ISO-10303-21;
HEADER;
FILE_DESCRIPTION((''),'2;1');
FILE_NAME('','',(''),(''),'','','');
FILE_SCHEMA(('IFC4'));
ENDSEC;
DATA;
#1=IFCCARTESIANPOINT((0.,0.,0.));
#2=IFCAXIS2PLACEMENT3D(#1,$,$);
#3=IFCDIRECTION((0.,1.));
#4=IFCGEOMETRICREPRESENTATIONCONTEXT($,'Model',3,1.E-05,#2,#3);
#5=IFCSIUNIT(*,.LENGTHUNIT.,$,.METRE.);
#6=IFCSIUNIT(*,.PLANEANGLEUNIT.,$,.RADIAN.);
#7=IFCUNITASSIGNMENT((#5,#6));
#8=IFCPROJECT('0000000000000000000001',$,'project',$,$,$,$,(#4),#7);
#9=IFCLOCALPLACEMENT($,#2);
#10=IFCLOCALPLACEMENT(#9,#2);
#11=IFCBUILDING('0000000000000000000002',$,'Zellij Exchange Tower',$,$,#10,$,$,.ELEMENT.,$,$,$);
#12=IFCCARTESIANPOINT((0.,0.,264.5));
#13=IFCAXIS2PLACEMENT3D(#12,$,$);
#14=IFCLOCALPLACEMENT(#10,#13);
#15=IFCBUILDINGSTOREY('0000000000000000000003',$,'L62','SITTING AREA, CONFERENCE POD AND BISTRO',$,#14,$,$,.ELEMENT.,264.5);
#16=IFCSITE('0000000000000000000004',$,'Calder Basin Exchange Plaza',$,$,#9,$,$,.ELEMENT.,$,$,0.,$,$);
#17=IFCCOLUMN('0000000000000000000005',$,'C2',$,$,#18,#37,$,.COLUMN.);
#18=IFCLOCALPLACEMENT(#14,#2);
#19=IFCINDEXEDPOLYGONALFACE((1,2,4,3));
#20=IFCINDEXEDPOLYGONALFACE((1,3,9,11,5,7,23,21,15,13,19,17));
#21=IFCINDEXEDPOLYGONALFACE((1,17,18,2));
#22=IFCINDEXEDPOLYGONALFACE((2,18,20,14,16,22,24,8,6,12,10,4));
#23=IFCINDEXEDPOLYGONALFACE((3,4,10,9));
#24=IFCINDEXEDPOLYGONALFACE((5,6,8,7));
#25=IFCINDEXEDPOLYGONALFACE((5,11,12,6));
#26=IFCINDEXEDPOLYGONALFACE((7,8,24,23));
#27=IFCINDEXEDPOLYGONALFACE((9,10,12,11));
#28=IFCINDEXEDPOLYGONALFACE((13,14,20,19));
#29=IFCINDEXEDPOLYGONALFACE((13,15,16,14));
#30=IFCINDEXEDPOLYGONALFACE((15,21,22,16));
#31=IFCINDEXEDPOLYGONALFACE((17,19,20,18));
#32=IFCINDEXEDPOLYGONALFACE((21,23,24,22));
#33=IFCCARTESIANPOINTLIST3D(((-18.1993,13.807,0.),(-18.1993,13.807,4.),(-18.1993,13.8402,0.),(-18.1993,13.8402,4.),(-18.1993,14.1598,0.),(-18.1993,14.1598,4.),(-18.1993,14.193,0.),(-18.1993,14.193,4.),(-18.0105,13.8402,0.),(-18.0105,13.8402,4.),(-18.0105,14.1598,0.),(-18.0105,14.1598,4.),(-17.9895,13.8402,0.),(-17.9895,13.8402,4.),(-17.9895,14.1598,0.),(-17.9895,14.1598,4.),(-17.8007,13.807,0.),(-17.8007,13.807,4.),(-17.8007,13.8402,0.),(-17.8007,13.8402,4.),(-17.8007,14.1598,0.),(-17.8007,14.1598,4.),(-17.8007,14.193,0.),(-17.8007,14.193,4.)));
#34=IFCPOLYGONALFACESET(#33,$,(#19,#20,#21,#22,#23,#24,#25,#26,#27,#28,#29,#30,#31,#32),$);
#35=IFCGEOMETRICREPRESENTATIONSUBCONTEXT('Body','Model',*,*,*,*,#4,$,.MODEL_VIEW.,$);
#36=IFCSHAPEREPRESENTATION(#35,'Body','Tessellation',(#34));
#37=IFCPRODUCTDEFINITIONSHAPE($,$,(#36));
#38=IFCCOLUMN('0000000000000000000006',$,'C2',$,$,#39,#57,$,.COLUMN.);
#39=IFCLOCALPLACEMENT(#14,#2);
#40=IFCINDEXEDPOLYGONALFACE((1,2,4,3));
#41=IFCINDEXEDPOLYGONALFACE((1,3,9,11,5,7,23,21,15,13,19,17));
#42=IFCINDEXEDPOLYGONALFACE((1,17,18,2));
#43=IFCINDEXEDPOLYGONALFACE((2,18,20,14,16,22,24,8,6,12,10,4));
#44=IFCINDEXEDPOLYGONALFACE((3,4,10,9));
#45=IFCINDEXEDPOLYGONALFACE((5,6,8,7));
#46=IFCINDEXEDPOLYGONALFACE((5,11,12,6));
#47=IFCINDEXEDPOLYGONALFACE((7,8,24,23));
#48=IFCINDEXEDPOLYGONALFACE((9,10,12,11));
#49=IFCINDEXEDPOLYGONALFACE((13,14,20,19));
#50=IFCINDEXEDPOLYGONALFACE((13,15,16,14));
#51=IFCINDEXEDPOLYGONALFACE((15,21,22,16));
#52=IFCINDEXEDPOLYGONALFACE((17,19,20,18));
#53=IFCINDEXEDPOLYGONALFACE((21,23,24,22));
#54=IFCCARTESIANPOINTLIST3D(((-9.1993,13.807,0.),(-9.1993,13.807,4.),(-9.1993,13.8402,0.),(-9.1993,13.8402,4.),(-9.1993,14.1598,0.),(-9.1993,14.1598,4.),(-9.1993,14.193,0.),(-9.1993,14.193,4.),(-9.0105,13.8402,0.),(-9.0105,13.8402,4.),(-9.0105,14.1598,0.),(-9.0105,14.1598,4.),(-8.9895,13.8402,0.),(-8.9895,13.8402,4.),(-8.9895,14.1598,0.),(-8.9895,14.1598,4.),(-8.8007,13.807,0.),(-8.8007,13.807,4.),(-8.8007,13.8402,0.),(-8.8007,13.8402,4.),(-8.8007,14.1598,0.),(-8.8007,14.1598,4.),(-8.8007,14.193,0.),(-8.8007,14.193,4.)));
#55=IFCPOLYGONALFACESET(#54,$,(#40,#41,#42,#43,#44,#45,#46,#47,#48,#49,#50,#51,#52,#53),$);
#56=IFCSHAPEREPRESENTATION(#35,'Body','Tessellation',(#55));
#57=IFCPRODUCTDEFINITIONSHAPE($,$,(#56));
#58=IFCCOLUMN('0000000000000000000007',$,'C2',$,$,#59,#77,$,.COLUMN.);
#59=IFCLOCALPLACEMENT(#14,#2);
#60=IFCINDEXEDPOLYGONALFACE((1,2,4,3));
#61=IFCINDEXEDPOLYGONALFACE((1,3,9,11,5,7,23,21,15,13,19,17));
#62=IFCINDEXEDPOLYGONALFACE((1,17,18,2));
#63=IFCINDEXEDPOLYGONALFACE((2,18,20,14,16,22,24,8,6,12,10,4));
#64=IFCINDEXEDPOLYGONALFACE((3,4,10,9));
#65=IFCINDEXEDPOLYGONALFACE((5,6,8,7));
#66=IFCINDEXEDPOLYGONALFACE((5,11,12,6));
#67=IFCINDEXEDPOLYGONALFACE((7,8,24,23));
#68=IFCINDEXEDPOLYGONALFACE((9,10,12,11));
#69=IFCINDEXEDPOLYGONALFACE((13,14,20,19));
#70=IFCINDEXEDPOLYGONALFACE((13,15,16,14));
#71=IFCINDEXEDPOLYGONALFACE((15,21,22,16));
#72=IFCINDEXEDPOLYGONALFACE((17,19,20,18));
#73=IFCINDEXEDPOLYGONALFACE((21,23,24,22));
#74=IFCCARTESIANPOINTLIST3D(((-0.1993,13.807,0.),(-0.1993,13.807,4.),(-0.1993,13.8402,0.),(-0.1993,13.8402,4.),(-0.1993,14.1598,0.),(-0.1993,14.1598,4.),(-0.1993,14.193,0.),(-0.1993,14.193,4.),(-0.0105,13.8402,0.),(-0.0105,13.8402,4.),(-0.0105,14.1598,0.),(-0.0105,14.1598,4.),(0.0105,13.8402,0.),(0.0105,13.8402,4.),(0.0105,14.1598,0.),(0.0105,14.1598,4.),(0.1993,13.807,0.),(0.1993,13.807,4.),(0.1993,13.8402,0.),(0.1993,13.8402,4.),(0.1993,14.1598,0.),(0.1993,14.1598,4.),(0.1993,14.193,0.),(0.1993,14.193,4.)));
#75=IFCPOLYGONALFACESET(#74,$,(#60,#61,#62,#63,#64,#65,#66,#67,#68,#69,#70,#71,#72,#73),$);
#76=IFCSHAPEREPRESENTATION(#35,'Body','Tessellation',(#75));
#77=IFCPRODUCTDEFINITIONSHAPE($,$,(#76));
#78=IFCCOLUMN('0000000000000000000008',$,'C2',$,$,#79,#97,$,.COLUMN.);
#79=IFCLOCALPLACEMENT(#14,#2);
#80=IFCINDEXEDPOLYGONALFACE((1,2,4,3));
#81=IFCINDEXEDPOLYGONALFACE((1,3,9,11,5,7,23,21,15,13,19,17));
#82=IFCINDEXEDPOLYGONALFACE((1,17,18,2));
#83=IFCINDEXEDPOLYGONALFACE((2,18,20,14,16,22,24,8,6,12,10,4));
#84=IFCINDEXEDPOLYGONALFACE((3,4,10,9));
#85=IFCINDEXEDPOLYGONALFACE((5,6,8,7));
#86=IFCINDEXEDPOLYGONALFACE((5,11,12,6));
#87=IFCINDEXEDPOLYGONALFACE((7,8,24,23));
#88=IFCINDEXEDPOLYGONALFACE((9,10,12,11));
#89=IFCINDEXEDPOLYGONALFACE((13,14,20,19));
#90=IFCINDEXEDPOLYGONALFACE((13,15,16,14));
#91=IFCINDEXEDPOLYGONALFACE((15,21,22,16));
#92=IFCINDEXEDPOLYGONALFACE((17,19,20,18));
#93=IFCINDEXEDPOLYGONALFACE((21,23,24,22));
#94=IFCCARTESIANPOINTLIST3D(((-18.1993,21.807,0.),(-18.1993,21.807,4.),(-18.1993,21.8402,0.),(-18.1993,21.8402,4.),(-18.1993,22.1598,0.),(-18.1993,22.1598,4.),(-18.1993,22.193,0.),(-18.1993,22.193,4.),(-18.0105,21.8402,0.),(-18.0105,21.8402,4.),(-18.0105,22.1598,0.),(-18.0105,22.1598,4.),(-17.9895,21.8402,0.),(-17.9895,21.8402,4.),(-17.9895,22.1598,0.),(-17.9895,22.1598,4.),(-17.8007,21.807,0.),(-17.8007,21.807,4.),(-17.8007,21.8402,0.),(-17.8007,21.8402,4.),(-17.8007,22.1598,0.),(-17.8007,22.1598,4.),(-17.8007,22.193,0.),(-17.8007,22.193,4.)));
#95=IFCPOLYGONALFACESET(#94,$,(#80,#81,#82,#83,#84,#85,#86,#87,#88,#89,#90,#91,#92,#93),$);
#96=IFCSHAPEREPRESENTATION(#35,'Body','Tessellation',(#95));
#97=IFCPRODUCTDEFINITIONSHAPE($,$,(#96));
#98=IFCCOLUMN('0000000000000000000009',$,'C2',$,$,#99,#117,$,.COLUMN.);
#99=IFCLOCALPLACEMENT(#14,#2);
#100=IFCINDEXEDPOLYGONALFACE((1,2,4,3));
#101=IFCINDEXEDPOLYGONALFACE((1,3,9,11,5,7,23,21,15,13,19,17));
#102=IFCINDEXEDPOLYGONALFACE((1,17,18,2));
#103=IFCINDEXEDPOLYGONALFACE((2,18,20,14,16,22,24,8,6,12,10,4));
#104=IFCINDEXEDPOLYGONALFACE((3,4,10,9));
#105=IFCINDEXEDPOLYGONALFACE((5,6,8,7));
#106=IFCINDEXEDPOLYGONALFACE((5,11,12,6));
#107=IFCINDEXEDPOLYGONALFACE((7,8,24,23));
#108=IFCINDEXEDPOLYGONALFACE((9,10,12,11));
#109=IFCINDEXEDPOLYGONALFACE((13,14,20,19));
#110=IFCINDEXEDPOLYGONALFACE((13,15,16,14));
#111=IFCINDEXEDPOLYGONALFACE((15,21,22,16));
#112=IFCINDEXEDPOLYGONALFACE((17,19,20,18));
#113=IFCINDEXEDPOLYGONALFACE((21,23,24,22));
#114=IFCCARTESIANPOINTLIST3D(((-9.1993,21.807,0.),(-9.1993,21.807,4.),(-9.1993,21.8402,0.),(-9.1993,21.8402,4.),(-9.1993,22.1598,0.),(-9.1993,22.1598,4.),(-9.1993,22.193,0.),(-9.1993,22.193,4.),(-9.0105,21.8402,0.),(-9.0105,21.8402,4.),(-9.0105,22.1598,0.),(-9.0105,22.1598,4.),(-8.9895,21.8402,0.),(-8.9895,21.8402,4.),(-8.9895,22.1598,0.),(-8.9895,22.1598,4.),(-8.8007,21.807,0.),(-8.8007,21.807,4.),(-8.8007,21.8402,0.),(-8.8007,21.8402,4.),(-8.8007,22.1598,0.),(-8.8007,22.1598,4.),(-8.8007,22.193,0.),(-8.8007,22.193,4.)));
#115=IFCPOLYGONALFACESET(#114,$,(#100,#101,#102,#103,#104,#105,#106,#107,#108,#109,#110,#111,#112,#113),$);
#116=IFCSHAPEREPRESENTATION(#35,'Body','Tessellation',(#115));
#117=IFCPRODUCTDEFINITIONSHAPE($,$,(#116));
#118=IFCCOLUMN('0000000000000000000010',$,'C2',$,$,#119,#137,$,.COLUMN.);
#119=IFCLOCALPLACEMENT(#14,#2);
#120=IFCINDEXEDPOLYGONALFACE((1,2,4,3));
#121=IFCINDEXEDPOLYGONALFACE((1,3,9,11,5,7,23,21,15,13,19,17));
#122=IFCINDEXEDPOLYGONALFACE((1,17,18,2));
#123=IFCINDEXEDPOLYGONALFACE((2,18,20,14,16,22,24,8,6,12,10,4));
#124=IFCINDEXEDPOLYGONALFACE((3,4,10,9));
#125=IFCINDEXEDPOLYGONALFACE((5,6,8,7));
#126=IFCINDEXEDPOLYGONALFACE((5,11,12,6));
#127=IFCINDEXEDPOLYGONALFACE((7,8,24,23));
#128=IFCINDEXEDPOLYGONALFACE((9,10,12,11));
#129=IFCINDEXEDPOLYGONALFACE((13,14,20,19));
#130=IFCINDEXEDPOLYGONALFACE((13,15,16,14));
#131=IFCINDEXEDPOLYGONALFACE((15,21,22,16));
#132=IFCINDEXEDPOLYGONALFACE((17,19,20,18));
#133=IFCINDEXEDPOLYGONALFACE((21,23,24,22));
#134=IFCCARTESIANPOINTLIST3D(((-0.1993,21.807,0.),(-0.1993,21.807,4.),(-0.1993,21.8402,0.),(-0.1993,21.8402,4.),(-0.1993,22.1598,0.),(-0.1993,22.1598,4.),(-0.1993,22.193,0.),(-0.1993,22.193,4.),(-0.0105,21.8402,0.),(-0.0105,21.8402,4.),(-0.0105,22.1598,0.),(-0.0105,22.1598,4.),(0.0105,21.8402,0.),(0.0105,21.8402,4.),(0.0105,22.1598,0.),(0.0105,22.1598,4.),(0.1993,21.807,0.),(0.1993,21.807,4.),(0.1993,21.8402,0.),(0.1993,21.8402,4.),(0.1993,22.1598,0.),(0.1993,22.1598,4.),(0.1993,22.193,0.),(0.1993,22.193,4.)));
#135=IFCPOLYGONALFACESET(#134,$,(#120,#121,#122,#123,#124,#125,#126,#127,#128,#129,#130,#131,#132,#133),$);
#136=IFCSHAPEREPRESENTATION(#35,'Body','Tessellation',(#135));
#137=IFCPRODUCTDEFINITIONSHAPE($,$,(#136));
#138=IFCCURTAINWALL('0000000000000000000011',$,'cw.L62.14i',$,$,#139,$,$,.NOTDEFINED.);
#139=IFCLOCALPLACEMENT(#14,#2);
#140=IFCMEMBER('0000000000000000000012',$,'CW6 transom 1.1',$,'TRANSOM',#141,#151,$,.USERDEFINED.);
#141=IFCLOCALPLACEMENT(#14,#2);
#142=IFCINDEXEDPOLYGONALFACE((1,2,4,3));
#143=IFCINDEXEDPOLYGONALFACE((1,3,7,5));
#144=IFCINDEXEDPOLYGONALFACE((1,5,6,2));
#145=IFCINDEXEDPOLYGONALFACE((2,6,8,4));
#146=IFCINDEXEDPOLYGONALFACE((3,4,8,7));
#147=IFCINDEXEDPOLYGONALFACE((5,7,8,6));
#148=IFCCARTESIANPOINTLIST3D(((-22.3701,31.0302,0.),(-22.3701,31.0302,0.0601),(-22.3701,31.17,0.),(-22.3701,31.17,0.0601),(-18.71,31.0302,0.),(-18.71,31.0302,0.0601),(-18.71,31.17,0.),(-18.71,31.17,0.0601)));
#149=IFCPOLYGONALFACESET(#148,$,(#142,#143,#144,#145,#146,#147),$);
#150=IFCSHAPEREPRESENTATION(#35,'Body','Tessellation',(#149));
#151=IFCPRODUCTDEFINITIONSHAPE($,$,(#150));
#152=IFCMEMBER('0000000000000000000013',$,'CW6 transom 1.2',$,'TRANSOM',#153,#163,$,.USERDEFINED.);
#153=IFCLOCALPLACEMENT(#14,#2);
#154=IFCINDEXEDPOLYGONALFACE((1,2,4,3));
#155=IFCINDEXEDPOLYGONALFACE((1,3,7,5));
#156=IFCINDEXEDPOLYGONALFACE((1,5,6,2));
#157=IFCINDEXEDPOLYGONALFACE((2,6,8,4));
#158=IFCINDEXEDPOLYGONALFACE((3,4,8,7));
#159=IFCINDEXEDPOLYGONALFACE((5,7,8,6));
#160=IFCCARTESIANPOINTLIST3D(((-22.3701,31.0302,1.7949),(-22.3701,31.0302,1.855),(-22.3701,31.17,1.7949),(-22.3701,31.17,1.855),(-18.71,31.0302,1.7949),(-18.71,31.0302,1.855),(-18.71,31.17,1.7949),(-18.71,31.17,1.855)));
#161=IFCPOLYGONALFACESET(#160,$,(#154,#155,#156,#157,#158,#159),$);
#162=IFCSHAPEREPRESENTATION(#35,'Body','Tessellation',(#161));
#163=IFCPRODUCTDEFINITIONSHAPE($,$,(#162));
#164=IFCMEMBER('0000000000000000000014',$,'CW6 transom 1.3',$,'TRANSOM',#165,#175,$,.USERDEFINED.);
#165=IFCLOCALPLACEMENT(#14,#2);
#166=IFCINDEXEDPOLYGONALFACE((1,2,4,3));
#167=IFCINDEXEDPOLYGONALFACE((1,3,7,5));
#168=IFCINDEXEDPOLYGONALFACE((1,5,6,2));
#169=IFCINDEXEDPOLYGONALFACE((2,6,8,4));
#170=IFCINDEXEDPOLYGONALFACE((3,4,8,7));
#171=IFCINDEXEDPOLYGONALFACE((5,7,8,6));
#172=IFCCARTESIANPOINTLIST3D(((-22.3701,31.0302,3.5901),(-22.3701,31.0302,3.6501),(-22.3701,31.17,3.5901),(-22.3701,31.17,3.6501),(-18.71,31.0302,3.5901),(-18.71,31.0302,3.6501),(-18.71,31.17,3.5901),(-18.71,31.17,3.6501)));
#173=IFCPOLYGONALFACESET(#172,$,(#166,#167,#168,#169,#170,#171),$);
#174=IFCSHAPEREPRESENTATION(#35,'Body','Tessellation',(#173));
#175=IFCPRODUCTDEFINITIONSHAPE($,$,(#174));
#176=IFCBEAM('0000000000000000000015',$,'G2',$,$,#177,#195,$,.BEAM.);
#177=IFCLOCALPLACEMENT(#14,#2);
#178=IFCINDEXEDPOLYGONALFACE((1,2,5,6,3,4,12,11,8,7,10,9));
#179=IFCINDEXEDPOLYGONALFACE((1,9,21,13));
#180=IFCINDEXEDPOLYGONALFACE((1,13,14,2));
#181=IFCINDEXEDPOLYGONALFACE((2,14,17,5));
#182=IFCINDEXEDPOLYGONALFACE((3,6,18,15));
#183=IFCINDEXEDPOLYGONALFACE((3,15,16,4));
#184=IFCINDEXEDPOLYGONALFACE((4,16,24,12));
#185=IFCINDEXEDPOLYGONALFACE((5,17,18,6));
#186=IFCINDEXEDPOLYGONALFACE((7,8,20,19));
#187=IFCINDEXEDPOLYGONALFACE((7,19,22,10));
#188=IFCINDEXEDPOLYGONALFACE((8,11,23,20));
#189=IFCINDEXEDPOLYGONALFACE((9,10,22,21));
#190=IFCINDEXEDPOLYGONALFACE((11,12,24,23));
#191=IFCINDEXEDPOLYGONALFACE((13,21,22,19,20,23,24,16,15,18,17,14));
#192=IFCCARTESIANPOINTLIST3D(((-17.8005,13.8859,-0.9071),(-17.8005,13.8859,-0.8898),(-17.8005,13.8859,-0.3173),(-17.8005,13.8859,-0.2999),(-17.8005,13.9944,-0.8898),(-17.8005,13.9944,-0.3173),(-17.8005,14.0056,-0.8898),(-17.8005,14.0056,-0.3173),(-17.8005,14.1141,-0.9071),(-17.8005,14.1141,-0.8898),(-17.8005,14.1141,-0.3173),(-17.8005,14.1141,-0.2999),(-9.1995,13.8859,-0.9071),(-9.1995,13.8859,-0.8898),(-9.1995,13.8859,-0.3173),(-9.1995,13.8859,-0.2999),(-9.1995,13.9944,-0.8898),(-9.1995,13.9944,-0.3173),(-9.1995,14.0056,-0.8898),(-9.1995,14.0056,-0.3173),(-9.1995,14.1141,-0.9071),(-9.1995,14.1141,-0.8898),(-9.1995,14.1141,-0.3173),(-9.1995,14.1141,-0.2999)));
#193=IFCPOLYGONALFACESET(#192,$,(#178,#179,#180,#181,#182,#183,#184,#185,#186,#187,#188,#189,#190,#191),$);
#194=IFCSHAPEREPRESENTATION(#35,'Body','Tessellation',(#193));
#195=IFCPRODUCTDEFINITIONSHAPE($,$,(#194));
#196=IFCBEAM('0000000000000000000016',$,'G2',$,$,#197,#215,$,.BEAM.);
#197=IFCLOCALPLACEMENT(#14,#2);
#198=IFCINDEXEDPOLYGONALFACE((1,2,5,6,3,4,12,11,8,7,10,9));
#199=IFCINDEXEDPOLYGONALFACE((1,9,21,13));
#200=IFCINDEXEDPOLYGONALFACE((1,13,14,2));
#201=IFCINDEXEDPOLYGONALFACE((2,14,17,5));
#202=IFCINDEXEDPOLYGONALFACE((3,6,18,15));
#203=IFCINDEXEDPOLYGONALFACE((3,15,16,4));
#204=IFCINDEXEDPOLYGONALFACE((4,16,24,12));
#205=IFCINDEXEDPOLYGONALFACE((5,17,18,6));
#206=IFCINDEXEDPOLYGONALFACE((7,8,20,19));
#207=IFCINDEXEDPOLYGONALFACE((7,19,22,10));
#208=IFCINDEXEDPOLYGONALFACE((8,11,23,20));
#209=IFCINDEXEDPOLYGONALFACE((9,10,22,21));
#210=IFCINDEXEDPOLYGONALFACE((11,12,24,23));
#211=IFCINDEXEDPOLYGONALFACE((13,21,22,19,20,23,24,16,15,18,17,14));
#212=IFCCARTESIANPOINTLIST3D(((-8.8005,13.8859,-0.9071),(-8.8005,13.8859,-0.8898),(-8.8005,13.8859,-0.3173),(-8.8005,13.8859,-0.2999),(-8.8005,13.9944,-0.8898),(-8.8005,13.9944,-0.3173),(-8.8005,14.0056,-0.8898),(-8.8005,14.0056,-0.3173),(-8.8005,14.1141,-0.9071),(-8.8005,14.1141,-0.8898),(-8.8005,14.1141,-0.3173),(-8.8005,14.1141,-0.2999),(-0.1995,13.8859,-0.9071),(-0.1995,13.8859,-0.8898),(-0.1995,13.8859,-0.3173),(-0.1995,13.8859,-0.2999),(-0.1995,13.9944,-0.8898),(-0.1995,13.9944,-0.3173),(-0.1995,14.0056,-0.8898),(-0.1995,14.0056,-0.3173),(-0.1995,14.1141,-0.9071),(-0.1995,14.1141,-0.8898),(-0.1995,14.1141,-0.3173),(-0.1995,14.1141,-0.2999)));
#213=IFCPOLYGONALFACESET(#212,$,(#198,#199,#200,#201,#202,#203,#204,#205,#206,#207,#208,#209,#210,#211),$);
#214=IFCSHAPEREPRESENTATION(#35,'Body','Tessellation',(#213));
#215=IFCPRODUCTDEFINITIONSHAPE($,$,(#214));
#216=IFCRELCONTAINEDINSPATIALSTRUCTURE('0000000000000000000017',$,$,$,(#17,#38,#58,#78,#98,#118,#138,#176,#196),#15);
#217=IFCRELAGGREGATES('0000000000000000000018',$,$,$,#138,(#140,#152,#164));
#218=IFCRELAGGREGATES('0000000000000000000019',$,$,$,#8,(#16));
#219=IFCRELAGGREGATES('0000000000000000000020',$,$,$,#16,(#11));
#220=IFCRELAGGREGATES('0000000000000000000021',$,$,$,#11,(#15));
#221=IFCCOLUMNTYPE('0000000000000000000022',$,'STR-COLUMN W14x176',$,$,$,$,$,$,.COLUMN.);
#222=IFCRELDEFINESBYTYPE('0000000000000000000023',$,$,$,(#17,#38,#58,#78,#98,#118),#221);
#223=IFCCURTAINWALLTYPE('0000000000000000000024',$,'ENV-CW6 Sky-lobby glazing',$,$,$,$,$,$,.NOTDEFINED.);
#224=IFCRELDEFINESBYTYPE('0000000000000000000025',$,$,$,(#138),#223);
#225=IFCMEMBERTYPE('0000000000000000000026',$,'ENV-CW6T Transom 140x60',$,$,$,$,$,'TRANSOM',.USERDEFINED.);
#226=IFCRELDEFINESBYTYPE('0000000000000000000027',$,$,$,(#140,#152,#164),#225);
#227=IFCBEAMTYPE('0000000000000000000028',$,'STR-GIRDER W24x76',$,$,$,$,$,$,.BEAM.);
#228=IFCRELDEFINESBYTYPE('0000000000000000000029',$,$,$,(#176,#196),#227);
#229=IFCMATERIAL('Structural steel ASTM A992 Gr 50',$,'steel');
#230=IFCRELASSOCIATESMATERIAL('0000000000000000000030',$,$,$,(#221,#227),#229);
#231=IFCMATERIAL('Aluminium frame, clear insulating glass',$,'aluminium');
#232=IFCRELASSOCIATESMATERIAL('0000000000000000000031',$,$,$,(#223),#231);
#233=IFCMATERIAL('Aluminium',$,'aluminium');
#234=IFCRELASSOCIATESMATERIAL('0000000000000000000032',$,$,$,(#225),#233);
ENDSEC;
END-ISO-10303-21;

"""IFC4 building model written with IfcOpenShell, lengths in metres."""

from ifc_helpers import new_model, si_unit, direction, frame, origin, origin_2d, place, context, subcontext, project, spatial, rectangle, i_section, extrude, material, material_profile, profile_set, type_object, element, aggregate, save


model = new_model("IFC4")

# Units and contexts
model_context = context("Model", 3, precision=1e-05, world=origin(), true_north=direction((0.0, 1.0)))
body_context = subcontext(model_context, "Body", "Model", "MODEL_VIEW")
ifc_project = project(units=[si_unit("LENGTHUNIT", "METRE"), si_unit("PLANEANGLEUNIT", "RADIAN")], contexts=[model_context])

# Site, building, storey
site_placement = place(None, origin())
site = spatial("IfcSite", under=ifc_project, at=site_placement, Name="Calder Basin Exchange Plaza", CompositionType="ELEMENT", RefElevation=0.0)
building_placement = place(site_placement, origin())
building = spatial("IfcBuilding", under=site, at=building_placement, Name="Zellij Exchange Tower", CompositionType="ELEMENT")
storey_placement = place(building_placement, frame((0.0, 0.0, 264.5)))
storey = spatial("IfcBuildingStorey", under=building, at=storey_placement, Name="L62", Description="SITTING AREA, CONFERENCE POD AND BISTRO", CompositionType="ELEMENT", Elevation=264.5)

# Columns
ifc_material_1 = material(Name="Structural steel ASTM A992 Gr 50", Category="steel")
ifc_material_profile_1 = material_profile(ifc_material_1, i_section(OverallWidth=0.3987, OverallDepth=0.386, WebThickness=0.021, FlangeThickness=0.0332, at=origin_2d()), Name="W14x176")
ifc_profile_set_1 = profile_set([ifc_material_profile_1], Name="Structural steel ASTM A992 Gr 50")
column_type_1 = type_object("IfcColumnType", Name="STR-COLUMN W14x176", PredefinedType="COLUMN", material=ifc_profile_set_1)
for number, where, z_axis, x_axis, name in (
    (1, (-18.0, 14.0, 0.0), (0.0, 0.0, 1.0), (1.0, 0.0, 0.0), "C2"),
    (2, (-9.0, 14.0, 0.0), (0.0, 0.0, 1.0), (1.0, 0.0, 0.0), "C2"),
    (3, (0.0, 14.0, 0.0), (0.0, 0.0, 1.0), (1.0, 0.0, 0.0), "C2"),
    (4, (-18.0, 22.0, 0.0), (0.0, 0.0, 1.0), (1.0, 0.0, 0.0), "C2"),
    (5, (-9.0, 22.0, 0.0), (0.0, 0.0, 1.0), (1.0, 0.0, 0.0), "C2"),
    (6, (0.0, 22.0, 0.0), (0.0, 0.0, 1.0), (1.0, 0.0, 0.0), "C2"),
):
    element("IfcColumn", number, at=place(storey_placement, frame(where, z_axis=z_axis, x_axis=x_axis)), inside=storey, type_object=column_type_1, Name=name, PredefinedType="COLUMN", context=body_context, shape_type="SweptSolid", body=[
        extrude(i_section(OverallWidth=0.3987, OverallDepth=0.386, WebThickness=0.021, FlangeThickness=0.0332, at=origin_2d()), origin(), (0.0, 0.0, 1.0), 4.0),
    ])

# Curtain wall, members
ifc_material_2 = material(Name="Aluminium frame, clear insulating glass", Category="aluminium")
curtain_wall_type = type_object("IfcCurtainWallType", Name="ENV-CW6 Sky-lobby glazing", PredefinedType="NOTDEFINED", material=ifc_material_2)
curtain_wall_placement = place(storey_placement, origin())
curtain_wall = element("IfcCurtainWall", 7, at=curtain_wall_placement, inside=storey, type_object=curtain_wall_type, Name="cw.L62.14i", PredefinedType="NOTDEFINED")
ifc_material_3 = material(Name="Aluminium", Category="aluminium")
ifc_material_profile_2 = material_profile(ifc_material_3, rectangle(XDim=0.1399, YDim=0.0601, at=origin_2d()), Name="AL 140x60")
ifc_profile_set_2 = profile_set([ifc_material_profile_2], Name="Aluminium")
member_type = type_object("IfcMemberType", Name="ENV-CW6T Transom 140x60", ElementType="TRANSOM", PredefinedType="USERDEFINED", material=ifc_profile_set_2)
member_1_placement = place(storey_placement, frame((-18.71, 31.1001, 0.03), z_axis=(-1.0, 0.0, 0.0), x_axis=(0.0, -1.0, 0.0)))
member_1 = element("IfcMember", 8, at=member_1_placement, type_object=member_type, Name="CW6 transom 1.1", ObjectType="TRANSOM", PredefinedType="USERDEFINED", context=body_context, shape_type="SweptSolid", body=[
    extrude(rectangle(XDim=0.1399, YDim=0.0601, at=origin_2d()), origin(), (0.0, 0.0, 1.0), 3.6602),
])
member_2_placement = place(storey_placement, frame((-18.71, 31.1001, 1.825), z_axis=(-1.0, 0.0, 0.0), x_axis=(0.0, -1.0, 0.0)))
member_2 = element("IfcMember", 9, at=member_2_placement, type_object=member_type, Name="CW6 transom 1.2", ObjectType="TRANSOM", PredefinedType="USERDEFINED", context=body_context, shape_type="SweptSolid", body=[
    extrude(rectangle(XDim=0.1399, YDim=0.0601, at=origin_2d()), origin(), (0.0, 0.0, 1.0), 3.6602),
])
member_3_placement = place(storey_placement, frame((-18.71, 31.1001, 3.6201), z_axis=(-1.0, 0.0, 0.0), x_axis=(0.0, -1.0, 0.0)))
member_3 = element("IfcMember", 10, at=member_3_placement, type_object=member_type, Name="CW6 transom 1.3", ObjectType="TRANSOM", PredefinedType="USERDEFINED", context=body_context, shape_type="SweptSolid", body=[
    extrude(rectangle(XDim=0.1399, YDim=0.0601, at=origin_2d()), origin(), (0.0, 0.0, 1.0), 3.6602),
])
aggregate(curtain_wall, [member_1, member_2, member_3])

# Beams
ifc_material_profile_3 = material_profile(ifc_material_1, i_section(OverallWidth=0.2283, OverallDepth=0.6072, WebThickness=0.0112, FlangeThickness=0.0173, at=origin_2d()), Name="W24x76")
ifc_profile_set_3 = profile_set([ifc_material_profile_3], Name="Structural steel ASTM A992 Gr 50")
beam_type_1 = type_object("IfcBeamType", Name="STR-GIRDER W24x76", PredefinedType="BEAM", material=ifc_profile_set_3)
for number, where, z_axis, x_axis, name in (
    (11, (-17.8005, 14.0, -0.6035), (1.0, 0.0, 0.0), (0.0, 1.0, 0.0), "G2"),
    (12, (-8.8005, 14.0, -0.6035), (1.0, 0.0, 0.0), (0.0, 1.0, 0.0), "G2"),
):
    element("IfcBeam", number, at=place(storey_placement, frame(where, z_axis=z_axis, x_axis=x_axis)), inside=storey, type_object=beam_type_1, Name=name, PredefinedType="BEAM", context=body_context, shape_type="SweptSolid", body=[
        extrude(i_section(OverallWidth=0.2283, OverallDepth=0.6072, WebThickness=0.0112, FlangeThickness=0.0173, at=origin_2d()), origin(), (0.0, 0.0, 1.0), 8.6011),
    ])

save(model, "model.ifc")
